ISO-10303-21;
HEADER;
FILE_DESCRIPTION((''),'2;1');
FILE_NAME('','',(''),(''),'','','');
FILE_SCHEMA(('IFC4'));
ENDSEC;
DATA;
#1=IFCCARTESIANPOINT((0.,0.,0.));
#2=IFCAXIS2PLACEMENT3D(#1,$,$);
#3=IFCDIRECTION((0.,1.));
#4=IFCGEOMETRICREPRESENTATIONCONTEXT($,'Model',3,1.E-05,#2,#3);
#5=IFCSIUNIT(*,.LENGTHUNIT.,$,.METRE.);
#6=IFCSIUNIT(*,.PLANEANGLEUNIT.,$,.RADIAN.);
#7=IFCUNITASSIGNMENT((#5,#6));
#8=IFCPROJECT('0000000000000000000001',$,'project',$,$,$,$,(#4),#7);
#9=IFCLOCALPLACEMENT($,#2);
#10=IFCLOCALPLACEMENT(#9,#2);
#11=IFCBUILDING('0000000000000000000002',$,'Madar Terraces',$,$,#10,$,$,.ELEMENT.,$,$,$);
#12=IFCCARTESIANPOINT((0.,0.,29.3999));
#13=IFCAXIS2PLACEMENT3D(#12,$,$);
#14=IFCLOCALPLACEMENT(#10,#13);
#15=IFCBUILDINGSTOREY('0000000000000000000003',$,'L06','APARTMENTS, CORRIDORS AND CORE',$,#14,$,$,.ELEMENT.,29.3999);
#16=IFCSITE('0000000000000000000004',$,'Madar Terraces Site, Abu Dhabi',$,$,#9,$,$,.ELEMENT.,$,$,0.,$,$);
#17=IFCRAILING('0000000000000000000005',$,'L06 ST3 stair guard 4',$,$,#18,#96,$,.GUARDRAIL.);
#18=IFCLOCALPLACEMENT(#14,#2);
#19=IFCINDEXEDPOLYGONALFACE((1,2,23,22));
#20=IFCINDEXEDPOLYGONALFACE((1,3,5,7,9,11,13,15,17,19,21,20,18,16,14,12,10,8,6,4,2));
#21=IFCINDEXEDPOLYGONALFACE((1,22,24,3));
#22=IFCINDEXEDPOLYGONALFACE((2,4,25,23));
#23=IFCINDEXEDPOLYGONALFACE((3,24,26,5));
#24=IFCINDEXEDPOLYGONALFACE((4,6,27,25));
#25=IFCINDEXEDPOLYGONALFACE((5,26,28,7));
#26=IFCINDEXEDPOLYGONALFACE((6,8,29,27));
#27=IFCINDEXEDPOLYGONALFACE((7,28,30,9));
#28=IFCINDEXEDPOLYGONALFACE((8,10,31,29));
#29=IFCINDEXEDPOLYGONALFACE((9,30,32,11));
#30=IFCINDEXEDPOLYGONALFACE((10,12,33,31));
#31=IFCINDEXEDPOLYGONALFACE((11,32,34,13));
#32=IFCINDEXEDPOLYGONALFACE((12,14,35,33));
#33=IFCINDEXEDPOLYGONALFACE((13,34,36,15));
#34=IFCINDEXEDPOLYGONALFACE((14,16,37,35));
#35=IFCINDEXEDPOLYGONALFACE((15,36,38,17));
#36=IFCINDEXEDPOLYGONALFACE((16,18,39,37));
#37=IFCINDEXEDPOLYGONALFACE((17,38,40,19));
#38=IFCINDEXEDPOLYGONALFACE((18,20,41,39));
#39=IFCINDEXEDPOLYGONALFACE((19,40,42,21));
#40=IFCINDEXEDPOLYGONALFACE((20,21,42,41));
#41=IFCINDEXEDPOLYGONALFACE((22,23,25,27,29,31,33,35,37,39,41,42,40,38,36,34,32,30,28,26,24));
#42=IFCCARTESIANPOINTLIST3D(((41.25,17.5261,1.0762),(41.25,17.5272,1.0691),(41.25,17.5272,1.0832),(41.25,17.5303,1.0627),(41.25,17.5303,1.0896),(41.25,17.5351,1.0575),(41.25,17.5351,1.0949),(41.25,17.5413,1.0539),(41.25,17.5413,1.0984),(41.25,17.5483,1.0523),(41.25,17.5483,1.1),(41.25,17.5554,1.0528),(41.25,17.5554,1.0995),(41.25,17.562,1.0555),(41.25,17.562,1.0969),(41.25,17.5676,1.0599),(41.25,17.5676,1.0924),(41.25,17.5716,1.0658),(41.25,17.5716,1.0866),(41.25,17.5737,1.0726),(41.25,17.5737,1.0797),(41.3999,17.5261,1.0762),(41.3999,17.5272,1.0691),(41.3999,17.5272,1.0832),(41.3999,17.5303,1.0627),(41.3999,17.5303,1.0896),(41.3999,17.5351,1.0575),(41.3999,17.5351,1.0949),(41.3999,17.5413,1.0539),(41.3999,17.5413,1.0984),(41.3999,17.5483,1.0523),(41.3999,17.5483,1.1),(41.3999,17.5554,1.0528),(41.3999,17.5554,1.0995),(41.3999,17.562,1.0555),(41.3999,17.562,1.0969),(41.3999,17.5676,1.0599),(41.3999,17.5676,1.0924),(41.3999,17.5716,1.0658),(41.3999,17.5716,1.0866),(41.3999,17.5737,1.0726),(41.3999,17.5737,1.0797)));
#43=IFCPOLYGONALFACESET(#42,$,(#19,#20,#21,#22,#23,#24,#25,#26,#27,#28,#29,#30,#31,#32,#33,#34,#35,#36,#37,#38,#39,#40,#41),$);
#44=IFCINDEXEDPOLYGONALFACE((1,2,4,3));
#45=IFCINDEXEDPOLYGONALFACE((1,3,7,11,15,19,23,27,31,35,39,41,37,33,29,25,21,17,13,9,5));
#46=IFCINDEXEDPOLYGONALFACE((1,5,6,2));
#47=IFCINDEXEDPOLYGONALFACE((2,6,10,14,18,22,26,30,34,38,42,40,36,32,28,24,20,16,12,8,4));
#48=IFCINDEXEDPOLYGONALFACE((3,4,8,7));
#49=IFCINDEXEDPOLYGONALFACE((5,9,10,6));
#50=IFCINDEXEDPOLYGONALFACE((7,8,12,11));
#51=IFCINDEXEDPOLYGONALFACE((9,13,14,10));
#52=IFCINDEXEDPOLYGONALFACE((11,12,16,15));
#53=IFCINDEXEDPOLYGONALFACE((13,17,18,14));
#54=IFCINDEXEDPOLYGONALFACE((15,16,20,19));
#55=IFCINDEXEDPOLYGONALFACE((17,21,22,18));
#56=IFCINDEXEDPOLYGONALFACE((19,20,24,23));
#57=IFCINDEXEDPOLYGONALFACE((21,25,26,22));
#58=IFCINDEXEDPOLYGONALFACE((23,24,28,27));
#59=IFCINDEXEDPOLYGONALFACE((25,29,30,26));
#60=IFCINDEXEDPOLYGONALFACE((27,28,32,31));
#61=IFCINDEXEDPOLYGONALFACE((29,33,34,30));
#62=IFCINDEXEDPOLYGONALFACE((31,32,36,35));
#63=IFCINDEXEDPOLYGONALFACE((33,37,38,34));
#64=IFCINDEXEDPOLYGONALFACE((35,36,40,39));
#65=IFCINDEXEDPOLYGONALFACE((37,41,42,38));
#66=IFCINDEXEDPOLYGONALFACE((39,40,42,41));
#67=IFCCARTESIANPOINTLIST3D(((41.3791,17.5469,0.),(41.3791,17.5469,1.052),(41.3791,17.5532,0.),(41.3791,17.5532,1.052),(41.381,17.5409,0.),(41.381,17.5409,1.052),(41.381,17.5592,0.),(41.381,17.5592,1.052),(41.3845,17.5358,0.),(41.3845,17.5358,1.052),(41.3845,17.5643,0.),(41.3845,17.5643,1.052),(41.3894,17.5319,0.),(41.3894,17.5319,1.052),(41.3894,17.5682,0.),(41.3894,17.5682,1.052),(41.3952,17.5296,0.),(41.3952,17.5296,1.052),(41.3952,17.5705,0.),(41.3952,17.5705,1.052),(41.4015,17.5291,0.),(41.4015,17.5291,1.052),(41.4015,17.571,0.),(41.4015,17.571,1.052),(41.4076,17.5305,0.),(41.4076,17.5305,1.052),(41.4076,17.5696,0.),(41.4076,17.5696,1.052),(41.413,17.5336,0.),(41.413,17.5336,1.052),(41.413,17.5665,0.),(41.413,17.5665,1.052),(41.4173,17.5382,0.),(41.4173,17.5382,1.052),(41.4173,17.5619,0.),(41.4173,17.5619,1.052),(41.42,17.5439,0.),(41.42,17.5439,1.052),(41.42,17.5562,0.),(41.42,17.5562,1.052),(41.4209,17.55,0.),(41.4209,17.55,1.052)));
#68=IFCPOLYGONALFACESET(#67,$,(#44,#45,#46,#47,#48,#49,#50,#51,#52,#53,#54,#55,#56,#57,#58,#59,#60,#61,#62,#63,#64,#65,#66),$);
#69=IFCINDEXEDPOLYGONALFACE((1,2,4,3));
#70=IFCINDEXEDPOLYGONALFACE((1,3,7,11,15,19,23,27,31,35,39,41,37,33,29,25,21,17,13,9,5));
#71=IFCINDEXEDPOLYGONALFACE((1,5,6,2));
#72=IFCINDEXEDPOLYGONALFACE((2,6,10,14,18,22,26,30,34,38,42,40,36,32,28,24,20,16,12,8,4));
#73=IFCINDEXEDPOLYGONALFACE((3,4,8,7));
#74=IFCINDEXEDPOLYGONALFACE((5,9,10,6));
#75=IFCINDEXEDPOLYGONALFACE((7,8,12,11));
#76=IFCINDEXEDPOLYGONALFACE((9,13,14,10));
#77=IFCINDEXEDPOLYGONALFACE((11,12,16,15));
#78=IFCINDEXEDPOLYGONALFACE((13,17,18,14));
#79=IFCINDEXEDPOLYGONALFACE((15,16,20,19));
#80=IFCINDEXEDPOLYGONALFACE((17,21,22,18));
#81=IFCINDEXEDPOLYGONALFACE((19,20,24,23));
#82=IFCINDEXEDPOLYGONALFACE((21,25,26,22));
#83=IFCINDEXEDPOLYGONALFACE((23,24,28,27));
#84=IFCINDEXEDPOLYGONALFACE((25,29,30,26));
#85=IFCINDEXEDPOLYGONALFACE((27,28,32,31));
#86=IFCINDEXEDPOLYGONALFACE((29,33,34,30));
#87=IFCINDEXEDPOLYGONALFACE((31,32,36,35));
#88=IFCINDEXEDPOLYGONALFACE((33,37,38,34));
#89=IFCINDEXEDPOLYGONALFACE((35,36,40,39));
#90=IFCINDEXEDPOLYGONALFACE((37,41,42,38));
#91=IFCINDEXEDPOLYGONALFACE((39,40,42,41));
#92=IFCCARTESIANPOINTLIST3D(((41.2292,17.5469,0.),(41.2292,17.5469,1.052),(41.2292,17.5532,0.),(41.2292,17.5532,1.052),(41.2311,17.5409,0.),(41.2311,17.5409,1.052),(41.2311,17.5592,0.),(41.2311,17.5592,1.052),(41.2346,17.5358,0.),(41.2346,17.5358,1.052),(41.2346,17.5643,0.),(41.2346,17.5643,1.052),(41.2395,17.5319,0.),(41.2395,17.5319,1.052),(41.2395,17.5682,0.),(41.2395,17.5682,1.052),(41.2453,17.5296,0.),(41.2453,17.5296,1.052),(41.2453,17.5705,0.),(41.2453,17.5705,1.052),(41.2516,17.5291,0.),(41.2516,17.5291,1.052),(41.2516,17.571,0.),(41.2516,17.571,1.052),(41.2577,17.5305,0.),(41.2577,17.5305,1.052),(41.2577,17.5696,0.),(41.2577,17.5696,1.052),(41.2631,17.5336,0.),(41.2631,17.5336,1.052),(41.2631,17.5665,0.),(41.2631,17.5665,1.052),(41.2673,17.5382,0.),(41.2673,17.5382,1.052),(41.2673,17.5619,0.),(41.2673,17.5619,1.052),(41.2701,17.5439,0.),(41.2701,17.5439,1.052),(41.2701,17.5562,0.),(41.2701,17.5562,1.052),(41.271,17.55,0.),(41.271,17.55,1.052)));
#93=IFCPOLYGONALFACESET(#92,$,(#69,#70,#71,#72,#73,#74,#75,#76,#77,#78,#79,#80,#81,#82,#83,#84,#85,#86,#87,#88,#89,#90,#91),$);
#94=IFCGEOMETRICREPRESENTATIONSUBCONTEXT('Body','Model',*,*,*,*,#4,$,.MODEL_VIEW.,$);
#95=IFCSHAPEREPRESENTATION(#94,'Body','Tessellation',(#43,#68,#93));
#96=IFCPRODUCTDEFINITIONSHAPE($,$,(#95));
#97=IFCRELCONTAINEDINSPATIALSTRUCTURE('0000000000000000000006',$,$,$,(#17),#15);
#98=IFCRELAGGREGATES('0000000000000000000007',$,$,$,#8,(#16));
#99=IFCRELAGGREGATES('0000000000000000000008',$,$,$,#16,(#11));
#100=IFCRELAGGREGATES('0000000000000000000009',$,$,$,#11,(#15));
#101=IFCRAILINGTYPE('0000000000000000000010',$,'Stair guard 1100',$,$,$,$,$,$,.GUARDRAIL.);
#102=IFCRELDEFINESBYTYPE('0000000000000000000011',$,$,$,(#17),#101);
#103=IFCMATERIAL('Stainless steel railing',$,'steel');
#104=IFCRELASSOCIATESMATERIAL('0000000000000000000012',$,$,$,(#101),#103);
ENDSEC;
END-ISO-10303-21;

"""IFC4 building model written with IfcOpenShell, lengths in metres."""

from ifc_helpers import new_model, si_unit, direction, frame, origin, origin_2d, place, context, subcontext, project, spatial, circle, extrude, material, type_object, element, save


model = new_model("IFC4")

# Units and contexts
model_context = context("Model", 3, precision=1e-05, world=origin(), true_north=direction((0.0, 1.0)))
body_context = subcontext(model_context, "Body", "Model", "MODEL_VIEW")
ifc_project = project(units=[si_unit("LENGTHUNIT", "METRE"), si_unit("PLANEANGLEUNIT", "RADIAN")], contexts=[model_context])

# Site, building, storey
site_placement = place(None, origin())
site = spatial("IfcSite", under=ifc_project, at=site_placement, Name="Madar Terraces Site, Abu Dhabi", CompositionType="ELEMENT", RefElevation=0.0)
building_placement = place(site_placement, origin())
building = spatial("IfcBuilding", under=site, at=building_placement, Name="Madar Terraces", CompositionType="ELEMENT")
storey_placement = place(building_placement, frame((0.0, 0.0, 29.3999)))
storey = spatial("IfcBuildingStorey", under=building, at=storey_placement, Name="L06", Description="APARTMENTS, CORRIDORS AND CORE", CompositionType="ELEMENT", Elevation=29.3999)

# Railing
ifc_material_1 = material(Name="Stainless steel railing", Category="steel")
railing_type_1 = type_object("IfcRailingType", Name="Stair guard 1100", PredefinedType="GUARDRAIL", material=ifc_material_1)
railing_1_placement = place(storey_placement, frame((41.3999, 17.55, 0.0)))
element("IfcRailing", 1, at=railing_1_placement, inside=storey, type_object=railing_type_1, Name="L06 ST3 stair guard 4", PredefinedType="GUARDRAIL", context=body_context, shape_type="SweptSolid", body=[
    extrude(circle(Radius=0.0239, at=origin_2d()), frame((0.0, 0.0, 1.0762), z_axis=(-1.0, 0.0, 0.0), x_axis=(0.0, -1.0, 0.0)), (0.0, 0.0, 1.0), 0.1499),
    extrude(circle(Radius=0.021, at=origin_2d()), origin(), (0.0, 0.0, 1.0), 1.052),
    extrude(circle(Radius=0.021, at=origin_2d()), frame((-0.1499, 0.0, 0.0)), (0.0, 0.0, 1.0), 1.052),
])

save(model, "model.ifc")
